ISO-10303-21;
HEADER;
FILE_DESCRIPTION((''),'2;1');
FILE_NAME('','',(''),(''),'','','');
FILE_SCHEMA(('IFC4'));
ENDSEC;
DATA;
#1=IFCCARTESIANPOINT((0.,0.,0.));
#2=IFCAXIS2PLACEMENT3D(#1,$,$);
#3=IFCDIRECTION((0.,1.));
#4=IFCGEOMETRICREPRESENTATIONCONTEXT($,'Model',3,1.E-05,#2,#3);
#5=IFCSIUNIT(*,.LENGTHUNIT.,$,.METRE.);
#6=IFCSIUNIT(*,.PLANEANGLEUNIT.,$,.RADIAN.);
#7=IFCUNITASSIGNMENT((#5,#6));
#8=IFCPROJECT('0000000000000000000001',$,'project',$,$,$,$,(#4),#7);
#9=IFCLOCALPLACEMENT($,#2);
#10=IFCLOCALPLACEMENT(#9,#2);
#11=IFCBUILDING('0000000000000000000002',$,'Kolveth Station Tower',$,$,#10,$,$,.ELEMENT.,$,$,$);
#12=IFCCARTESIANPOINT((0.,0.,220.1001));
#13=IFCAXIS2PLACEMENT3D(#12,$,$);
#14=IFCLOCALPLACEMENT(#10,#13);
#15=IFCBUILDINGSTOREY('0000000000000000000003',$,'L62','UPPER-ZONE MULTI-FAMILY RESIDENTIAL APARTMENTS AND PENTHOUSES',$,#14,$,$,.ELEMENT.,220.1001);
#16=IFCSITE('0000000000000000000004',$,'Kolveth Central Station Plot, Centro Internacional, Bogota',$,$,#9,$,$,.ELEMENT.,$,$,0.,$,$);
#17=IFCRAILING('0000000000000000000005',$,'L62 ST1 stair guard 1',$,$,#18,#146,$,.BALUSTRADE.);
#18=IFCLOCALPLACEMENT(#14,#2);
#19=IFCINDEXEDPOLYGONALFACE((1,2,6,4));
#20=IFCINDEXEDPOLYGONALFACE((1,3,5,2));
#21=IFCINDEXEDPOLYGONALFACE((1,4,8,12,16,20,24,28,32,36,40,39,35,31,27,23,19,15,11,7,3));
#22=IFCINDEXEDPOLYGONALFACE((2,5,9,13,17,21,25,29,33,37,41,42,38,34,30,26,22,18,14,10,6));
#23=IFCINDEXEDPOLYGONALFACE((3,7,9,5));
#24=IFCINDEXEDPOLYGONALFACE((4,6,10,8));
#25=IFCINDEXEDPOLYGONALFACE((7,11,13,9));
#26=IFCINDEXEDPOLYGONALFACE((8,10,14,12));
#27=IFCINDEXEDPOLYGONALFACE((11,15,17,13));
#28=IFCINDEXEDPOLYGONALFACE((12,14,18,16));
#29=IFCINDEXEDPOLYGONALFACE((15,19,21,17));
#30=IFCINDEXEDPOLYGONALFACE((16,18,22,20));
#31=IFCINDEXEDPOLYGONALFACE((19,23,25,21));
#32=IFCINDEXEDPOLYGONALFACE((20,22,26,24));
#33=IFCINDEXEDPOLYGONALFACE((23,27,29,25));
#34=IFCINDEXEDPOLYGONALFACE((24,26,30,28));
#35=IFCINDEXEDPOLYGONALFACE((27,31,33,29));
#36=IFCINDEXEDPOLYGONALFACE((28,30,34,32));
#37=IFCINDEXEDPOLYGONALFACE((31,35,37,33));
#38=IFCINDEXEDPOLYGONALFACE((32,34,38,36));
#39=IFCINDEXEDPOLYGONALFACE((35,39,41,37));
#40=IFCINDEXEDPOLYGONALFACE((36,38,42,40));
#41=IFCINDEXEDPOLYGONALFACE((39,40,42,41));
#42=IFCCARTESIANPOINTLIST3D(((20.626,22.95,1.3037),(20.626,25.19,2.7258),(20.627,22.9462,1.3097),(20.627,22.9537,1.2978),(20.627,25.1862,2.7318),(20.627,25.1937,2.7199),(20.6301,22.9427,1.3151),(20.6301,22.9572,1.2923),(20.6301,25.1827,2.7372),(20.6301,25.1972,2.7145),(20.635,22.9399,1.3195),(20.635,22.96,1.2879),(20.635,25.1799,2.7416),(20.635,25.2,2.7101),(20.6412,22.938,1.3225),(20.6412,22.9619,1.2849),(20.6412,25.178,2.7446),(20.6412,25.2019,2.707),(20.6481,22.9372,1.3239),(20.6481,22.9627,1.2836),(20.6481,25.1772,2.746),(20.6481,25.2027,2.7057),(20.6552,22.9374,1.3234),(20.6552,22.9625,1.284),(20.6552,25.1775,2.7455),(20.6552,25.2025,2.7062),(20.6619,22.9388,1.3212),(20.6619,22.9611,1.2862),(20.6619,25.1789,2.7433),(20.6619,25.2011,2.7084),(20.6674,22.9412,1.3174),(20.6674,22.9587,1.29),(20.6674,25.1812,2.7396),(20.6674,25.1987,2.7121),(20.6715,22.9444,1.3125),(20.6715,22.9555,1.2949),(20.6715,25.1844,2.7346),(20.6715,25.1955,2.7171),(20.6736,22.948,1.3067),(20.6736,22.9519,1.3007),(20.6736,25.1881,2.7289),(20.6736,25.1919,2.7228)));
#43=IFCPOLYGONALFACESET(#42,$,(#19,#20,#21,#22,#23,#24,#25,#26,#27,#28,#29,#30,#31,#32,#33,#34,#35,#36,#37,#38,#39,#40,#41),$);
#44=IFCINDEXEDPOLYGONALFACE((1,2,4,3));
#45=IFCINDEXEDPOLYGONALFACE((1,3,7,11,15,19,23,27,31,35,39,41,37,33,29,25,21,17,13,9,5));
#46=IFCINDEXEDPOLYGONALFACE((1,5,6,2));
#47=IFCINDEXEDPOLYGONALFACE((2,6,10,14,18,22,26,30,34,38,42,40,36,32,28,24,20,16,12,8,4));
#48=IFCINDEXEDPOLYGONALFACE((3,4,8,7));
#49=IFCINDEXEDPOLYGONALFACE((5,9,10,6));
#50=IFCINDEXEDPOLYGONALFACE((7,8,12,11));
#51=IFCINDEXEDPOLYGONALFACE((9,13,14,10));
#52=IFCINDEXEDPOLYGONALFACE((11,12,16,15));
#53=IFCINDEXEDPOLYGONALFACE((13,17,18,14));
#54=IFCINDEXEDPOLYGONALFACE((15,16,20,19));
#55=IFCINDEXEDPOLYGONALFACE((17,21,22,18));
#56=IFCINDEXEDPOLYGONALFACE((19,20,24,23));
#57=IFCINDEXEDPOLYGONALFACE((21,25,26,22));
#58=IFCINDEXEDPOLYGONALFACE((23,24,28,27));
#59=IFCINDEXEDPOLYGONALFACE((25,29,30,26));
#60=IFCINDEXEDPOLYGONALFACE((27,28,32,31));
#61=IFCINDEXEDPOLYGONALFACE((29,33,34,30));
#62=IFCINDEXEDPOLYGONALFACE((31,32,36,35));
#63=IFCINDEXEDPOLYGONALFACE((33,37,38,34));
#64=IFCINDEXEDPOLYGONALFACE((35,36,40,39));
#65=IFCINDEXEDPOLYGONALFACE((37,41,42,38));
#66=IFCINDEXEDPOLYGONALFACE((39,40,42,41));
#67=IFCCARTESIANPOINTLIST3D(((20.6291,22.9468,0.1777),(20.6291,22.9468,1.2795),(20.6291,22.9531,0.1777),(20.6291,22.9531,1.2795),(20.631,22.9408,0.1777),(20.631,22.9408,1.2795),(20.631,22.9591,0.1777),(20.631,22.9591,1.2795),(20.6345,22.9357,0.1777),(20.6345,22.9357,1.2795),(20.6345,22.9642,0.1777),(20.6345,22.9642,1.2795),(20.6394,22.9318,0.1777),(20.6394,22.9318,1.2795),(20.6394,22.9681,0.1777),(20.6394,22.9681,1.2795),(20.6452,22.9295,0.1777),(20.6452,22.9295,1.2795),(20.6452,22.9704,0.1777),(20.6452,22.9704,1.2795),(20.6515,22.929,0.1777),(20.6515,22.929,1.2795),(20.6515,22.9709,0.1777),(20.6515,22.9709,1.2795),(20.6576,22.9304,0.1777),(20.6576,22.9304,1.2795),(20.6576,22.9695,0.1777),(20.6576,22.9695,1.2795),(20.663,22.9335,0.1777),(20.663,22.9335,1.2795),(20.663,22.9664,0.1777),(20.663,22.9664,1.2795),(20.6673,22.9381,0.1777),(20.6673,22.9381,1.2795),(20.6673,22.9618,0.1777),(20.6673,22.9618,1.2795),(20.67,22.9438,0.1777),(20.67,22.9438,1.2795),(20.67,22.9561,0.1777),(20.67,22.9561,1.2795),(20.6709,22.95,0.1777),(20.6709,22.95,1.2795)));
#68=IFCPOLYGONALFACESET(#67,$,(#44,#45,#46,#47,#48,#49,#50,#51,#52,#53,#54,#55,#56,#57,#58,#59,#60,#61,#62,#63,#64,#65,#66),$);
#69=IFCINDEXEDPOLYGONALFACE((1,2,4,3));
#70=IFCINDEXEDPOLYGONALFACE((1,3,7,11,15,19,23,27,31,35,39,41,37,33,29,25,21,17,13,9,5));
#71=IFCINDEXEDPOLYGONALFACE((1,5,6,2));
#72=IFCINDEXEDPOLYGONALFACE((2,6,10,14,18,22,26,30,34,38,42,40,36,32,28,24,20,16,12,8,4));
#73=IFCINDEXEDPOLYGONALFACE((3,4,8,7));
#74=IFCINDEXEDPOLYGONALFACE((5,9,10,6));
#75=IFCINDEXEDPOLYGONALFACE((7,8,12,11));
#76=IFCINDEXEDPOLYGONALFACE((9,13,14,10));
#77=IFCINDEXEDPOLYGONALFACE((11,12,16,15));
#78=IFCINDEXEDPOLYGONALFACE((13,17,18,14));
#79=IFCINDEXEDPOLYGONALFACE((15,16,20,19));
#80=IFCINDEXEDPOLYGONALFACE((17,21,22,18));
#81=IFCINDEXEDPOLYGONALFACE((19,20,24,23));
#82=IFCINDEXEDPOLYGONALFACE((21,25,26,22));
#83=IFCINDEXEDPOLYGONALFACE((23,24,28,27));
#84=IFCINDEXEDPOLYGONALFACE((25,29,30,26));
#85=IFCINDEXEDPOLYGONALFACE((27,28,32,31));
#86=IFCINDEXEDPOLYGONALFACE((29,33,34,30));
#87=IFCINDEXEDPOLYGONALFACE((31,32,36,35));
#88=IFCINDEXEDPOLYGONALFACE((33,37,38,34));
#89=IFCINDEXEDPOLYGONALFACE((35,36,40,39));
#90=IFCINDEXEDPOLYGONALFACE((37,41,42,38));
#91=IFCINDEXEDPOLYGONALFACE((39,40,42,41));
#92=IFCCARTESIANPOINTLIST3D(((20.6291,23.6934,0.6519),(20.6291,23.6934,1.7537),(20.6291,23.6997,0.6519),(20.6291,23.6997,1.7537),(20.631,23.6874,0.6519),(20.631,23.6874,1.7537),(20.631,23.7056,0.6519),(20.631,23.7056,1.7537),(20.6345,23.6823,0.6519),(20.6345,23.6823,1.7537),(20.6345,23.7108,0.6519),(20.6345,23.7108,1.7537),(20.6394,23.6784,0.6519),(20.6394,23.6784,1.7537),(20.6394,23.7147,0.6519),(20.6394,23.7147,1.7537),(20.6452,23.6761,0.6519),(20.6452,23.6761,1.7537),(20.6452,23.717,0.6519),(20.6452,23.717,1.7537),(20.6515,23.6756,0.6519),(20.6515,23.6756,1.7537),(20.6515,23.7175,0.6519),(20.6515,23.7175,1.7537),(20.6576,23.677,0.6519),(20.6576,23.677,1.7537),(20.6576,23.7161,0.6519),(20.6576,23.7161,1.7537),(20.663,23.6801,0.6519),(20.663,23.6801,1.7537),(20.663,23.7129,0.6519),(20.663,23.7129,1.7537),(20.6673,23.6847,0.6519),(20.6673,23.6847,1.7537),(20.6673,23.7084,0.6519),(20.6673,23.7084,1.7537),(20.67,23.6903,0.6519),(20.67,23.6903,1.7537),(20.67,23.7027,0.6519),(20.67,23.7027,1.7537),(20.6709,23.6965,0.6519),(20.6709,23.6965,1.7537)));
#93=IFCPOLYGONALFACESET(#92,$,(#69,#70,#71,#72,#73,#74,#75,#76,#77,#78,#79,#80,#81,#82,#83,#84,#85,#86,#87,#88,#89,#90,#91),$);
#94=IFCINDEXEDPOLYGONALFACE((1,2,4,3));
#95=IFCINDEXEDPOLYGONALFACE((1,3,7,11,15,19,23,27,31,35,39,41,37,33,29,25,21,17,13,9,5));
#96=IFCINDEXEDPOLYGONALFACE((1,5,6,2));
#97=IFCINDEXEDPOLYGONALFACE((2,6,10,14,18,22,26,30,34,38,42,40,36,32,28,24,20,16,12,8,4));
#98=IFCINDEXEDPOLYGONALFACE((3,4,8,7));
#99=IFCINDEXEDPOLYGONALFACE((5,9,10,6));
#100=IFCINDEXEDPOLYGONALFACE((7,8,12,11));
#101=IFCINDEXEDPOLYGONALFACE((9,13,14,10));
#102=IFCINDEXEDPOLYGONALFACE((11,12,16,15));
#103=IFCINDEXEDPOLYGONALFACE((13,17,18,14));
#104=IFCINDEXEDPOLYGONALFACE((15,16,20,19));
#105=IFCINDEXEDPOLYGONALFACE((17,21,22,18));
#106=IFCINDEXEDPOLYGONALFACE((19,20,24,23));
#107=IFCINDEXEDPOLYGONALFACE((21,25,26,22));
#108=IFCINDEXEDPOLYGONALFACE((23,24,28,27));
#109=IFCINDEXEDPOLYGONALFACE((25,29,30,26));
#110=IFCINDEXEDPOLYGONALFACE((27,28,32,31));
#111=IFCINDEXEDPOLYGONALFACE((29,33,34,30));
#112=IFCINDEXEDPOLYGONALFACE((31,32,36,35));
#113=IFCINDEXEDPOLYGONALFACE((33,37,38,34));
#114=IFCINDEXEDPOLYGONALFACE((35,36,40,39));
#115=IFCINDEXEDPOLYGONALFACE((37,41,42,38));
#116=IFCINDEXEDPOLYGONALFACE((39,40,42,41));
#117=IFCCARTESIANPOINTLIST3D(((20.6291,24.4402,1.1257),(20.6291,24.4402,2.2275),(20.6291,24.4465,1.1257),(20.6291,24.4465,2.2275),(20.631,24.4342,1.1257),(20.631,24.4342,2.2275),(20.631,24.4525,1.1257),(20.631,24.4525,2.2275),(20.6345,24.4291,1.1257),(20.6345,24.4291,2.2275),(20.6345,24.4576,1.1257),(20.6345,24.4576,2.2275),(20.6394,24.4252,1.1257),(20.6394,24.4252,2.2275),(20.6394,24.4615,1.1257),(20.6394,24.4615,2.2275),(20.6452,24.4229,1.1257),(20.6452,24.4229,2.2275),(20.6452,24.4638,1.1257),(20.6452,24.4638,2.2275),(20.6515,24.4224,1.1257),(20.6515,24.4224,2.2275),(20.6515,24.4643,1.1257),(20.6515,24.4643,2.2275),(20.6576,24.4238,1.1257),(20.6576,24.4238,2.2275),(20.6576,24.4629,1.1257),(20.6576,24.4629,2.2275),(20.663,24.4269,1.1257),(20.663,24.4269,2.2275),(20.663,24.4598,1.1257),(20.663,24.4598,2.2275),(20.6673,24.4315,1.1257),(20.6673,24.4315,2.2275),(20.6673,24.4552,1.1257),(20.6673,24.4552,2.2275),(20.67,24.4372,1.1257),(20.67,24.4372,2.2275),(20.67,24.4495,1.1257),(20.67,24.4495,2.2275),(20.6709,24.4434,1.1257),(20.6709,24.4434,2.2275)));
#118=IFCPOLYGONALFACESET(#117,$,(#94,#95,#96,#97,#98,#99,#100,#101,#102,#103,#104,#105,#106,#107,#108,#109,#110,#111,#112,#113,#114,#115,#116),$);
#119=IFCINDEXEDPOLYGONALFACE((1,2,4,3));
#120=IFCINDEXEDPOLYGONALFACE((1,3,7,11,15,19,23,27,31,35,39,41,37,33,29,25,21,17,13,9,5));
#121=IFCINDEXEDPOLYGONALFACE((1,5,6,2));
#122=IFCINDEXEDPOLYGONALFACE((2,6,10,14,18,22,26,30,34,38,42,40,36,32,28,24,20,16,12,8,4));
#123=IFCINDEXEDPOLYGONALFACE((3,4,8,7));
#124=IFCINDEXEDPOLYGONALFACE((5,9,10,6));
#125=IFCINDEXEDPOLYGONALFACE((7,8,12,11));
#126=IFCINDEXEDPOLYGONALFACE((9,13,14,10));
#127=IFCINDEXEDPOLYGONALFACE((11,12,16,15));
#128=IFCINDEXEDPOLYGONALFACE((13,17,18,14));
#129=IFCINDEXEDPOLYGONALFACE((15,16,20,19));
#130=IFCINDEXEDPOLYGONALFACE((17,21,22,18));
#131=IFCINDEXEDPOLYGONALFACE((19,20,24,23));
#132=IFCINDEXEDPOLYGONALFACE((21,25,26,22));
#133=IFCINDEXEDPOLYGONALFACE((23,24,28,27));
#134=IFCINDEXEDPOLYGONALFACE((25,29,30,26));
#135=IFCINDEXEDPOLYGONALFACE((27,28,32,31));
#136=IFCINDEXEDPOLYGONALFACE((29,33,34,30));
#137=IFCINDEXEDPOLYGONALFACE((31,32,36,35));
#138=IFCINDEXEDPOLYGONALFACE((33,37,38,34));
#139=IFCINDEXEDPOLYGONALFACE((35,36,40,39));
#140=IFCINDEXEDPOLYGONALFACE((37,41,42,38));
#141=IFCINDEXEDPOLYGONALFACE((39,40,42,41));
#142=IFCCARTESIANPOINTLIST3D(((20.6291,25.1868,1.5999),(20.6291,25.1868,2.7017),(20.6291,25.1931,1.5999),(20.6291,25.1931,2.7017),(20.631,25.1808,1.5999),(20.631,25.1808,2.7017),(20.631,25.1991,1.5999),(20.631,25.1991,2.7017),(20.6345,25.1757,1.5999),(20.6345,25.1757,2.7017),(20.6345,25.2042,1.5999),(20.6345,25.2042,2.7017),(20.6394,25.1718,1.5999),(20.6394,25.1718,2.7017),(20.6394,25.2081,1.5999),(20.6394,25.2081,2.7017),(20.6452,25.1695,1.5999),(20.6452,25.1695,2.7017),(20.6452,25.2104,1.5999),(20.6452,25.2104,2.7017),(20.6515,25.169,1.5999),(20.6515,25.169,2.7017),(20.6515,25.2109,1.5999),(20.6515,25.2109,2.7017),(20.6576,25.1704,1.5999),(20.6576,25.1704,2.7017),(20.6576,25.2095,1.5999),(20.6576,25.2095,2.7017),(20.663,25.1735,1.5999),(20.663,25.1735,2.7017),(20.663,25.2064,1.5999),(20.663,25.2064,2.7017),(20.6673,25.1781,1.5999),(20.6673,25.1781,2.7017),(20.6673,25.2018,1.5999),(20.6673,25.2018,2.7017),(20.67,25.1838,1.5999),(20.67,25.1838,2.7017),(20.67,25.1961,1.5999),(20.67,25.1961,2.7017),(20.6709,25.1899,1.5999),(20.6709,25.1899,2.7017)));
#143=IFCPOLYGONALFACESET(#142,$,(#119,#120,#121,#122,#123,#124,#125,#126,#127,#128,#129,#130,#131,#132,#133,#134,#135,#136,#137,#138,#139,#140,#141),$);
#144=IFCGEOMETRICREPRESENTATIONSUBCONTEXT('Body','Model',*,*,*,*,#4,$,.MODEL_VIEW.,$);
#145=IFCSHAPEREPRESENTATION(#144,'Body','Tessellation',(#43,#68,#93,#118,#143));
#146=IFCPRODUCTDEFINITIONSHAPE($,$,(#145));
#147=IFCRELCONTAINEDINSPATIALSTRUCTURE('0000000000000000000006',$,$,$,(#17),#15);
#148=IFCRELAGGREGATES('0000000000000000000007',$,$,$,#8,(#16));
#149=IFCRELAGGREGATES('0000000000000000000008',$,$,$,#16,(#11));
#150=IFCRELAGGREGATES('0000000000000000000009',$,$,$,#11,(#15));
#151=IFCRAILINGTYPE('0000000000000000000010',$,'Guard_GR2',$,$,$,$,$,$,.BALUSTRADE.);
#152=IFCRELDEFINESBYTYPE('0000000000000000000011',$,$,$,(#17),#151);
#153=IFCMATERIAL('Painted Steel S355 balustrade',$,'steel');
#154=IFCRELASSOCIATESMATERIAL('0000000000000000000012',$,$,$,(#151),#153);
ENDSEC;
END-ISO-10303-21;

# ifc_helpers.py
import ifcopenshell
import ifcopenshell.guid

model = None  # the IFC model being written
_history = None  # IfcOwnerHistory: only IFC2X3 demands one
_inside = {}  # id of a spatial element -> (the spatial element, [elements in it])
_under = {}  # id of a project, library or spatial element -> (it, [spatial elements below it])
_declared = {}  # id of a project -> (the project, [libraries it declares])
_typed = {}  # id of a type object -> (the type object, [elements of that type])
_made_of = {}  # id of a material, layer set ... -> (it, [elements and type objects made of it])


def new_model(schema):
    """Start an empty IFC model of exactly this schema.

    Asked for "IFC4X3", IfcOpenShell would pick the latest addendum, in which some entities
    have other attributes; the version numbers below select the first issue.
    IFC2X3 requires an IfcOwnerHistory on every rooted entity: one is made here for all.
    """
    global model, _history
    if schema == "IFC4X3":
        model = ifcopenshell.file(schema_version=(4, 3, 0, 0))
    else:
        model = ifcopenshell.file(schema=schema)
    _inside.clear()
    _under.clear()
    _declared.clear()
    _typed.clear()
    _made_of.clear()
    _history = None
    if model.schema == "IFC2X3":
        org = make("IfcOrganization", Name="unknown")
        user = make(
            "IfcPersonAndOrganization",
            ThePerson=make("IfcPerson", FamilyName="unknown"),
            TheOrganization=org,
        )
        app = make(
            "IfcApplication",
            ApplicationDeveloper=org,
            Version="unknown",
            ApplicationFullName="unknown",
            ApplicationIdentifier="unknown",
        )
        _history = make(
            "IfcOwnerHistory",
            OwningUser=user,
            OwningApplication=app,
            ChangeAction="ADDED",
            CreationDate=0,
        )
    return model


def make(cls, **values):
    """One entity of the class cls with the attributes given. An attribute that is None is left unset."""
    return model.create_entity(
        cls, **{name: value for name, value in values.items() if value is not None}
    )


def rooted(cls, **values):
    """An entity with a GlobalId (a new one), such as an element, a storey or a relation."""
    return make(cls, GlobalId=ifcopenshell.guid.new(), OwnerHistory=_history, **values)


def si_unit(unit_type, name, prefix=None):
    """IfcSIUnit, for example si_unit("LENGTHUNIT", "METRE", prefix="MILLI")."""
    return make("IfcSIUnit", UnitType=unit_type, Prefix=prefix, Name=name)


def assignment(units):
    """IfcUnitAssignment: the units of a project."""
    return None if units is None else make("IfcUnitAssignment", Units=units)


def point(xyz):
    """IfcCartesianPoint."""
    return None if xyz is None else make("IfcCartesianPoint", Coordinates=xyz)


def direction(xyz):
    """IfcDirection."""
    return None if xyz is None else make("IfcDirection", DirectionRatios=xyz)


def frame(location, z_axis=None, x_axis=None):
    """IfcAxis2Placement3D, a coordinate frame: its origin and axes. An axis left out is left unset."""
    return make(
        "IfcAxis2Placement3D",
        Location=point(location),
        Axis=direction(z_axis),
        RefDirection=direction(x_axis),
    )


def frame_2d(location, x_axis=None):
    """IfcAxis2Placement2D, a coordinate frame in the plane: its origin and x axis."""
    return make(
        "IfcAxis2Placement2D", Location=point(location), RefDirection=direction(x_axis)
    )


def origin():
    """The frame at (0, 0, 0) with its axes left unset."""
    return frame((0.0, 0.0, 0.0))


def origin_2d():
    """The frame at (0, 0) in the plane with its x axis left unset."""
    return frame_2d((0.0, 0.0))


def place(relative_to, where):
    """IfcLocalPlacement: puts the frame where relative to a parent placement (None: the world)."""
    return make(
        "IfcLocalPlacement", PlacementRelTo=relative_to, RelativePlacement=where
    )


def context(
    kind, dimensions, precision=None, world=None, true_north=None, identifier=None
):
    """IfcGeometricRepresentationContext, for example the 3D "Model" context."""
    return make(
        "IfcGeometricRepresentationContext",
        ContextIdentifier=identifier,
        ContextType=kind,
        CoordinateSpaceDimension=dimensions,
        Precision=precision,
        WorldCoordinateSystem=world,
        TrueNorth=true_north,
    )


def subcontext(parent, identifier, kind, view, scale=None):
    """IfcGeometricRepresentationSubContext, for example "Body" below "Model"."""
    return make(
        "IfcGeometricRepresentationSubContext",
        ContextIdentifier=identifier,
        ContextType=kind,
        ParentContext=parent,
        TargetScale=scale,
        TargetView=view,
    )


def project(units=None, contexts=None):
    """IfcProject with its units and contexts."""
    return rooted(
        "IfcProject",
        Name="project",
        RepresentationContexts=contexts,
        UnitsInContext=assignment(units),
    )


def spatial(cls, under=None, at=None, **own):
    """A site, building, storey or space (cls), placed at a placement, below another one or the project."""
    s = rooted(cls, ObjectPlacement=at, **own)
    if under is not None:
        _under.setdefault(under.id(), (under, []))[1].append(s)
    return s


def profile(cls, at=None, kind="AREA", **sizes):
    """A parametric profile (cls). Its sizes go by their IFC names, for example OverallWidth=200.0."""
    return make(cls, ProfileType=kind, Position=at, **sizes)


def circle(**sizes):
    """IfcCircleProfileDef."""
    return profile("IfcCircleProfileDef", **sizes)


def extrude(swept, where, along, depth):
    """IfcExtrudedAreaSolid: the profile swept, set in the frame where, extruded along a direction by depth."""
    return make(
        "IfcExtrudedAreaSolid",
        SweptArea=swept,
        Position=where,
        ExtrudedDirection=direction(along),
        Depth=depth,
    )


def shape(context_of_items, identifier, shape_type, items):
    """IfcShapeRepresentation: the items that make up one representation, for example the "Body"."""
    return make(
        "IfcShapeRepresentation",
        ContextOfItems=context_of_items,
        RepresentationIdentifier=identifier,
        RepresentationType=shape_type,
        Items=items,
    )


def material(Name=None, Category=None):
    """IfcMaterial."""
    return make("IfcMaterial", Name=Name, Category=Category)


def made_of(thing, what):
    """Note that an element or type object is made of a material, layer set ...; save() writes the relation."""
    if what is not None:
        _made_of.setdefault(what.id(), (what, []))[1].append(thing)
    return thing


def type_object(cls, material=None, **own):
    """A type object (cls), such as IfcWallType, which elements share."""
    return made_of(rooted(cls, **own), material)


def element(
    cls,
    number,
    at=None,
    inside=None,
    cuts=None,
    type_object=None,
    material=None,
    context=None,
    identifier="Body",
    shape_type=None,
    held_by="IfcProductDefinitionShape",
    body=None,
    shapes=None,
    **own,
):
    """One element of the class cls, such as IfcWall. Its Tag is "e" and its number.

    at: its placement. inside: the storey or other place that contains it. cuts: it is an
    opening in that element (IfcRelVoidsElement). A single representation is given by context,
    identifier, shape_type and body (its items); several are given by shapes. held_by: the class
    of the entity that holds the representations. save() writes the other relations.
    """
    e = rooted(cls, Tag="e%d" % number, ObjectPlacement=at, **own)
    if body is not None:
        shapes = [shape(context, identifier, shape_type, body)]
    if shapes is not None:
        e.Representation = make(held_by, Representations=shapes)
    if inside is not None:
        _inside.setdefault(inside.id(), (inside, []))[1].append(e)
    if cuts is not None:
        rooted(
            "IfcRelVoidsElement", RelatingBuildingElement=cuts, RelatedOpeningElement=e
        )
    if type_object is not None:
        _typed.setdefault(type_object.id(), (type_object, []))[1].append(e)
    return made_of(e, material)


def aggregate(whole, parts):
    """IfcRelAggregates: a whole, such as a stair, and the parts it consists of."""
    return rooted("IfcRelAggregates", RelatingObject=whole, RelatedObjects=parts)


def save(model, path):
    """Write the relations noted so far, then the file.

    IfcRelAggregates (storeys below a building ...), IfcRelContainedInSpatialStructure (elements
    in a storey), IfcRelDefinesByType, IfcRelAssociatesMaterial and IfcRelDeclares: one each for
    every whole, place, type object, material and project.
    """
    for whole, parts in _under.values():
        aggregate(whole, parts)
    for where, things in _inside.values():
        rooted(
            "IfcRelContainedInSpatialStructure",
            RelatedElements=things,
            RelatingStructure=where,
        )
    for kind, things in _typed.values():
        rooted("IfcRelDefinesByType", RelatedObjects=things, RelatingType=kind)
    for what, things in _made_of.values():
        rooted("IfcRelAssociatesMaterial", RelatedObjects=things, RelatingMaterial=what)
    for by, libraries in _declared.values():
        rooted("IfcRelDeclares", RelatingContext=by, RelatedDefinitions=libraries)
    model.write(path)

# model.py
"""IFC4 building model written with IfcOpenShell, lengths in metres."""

from ifc_helpers import new_model, si_unit, direction, frame, origin, origin_2d, place, context, subcontext, project, spatial, circle, extrude, material, type_object, element, save


model = new_model("IFC4")

# Units and contexts
model_context = context("Model", 3, precision=1e-05, world=origin(), true_north=direction((0.0, 1.0)))
body_context = subcontext(model_context, "Body", "Model", "MODEL_VIEW")
ifc_project = project(units=[si_unit("LENGTHUNIT", "METRE"), si_unit("PLANEANGLEUNIT", "RADIAN")], contexts=[model_context])

# Site, building, storey
site_placement = place(None, origin())
site = spatial("IfcSite", under=ifc_project, at=site_placement, Name="Kolveth Central Station Plot, Centro Internacional, Bogota", CompositionType="ELEMENT", RefElevation=0.0)
building_placement = place(site_placement, origin())
building = spatial("IfcBuilding", under=site, at=building_placement, Name="Kolveth Station Tower", CompositionType="ELEMENT")
storey_placement = place(building_placement, frame((0.0, 0.0, 220.1001)))
storey = spatial("IfcBuildingStorey", under=building, at=storey_placement, Name="L62", Description="UPPER-ZONE MULTI-FAMILY RESIDENTIAL APARTMENTS AND PENTHOUSES", CompositionType="ELEMENT", Elevation=220.1001)

# Railing
ifc_material_1 = material(Name="Painted Steel S355 balustrade", Category="steel")
railing_type_1 = type_object("IfcRailingType", Name="Guard_GR2", PredefinedType="BALUSTRADE", material=ifc_material_1)
for number, where, name in (
    (1, (20.6499, 22.95, 0.1777), "L62 ST1 stair guard 1"),
):
    element("IfcRailing", number, at=place(storey_placement, frame(where)), inside=storey, type_object=railing_type_1, Name=name, PredefinedType="BALUSTRADE", context=body_context, shape_type="SweptSolid", body=[
        extrude(circle(Radius=0.0239, at=origin_2d()), frame((0.0, 0.0, 1.126), z_axis=(0.0, 0.844229, 0.535982), x_axis=(-1.0, 0.0, 0.0)), (0.0, 0.0, 1.0), 2.6533),
        extrude(circle(Radius=0.021, at=origin_2d()), origin(), (0.0, 0.0, 1.0), 1.1018),
        extrude(circle(Radius=0.021, at=origin_2d()), frame((0.0, 0.7466, 0.4741)), (0.0, 0.0, 1.0), 1.1018),
        extrude(circle(Radius=0.021, at=origin_2d()), frame((0.0, 1.4934, 0.948)), (0.0, 0.0, 1.0), 1.1018),
        extrude(circle(Radius=0.021, at=origin_2d()), frame((0.0, 2.24, 1.4221)), (0.0, 0.0, 1.0), 1.1018),
    ])

save(model, "model.ifc")
